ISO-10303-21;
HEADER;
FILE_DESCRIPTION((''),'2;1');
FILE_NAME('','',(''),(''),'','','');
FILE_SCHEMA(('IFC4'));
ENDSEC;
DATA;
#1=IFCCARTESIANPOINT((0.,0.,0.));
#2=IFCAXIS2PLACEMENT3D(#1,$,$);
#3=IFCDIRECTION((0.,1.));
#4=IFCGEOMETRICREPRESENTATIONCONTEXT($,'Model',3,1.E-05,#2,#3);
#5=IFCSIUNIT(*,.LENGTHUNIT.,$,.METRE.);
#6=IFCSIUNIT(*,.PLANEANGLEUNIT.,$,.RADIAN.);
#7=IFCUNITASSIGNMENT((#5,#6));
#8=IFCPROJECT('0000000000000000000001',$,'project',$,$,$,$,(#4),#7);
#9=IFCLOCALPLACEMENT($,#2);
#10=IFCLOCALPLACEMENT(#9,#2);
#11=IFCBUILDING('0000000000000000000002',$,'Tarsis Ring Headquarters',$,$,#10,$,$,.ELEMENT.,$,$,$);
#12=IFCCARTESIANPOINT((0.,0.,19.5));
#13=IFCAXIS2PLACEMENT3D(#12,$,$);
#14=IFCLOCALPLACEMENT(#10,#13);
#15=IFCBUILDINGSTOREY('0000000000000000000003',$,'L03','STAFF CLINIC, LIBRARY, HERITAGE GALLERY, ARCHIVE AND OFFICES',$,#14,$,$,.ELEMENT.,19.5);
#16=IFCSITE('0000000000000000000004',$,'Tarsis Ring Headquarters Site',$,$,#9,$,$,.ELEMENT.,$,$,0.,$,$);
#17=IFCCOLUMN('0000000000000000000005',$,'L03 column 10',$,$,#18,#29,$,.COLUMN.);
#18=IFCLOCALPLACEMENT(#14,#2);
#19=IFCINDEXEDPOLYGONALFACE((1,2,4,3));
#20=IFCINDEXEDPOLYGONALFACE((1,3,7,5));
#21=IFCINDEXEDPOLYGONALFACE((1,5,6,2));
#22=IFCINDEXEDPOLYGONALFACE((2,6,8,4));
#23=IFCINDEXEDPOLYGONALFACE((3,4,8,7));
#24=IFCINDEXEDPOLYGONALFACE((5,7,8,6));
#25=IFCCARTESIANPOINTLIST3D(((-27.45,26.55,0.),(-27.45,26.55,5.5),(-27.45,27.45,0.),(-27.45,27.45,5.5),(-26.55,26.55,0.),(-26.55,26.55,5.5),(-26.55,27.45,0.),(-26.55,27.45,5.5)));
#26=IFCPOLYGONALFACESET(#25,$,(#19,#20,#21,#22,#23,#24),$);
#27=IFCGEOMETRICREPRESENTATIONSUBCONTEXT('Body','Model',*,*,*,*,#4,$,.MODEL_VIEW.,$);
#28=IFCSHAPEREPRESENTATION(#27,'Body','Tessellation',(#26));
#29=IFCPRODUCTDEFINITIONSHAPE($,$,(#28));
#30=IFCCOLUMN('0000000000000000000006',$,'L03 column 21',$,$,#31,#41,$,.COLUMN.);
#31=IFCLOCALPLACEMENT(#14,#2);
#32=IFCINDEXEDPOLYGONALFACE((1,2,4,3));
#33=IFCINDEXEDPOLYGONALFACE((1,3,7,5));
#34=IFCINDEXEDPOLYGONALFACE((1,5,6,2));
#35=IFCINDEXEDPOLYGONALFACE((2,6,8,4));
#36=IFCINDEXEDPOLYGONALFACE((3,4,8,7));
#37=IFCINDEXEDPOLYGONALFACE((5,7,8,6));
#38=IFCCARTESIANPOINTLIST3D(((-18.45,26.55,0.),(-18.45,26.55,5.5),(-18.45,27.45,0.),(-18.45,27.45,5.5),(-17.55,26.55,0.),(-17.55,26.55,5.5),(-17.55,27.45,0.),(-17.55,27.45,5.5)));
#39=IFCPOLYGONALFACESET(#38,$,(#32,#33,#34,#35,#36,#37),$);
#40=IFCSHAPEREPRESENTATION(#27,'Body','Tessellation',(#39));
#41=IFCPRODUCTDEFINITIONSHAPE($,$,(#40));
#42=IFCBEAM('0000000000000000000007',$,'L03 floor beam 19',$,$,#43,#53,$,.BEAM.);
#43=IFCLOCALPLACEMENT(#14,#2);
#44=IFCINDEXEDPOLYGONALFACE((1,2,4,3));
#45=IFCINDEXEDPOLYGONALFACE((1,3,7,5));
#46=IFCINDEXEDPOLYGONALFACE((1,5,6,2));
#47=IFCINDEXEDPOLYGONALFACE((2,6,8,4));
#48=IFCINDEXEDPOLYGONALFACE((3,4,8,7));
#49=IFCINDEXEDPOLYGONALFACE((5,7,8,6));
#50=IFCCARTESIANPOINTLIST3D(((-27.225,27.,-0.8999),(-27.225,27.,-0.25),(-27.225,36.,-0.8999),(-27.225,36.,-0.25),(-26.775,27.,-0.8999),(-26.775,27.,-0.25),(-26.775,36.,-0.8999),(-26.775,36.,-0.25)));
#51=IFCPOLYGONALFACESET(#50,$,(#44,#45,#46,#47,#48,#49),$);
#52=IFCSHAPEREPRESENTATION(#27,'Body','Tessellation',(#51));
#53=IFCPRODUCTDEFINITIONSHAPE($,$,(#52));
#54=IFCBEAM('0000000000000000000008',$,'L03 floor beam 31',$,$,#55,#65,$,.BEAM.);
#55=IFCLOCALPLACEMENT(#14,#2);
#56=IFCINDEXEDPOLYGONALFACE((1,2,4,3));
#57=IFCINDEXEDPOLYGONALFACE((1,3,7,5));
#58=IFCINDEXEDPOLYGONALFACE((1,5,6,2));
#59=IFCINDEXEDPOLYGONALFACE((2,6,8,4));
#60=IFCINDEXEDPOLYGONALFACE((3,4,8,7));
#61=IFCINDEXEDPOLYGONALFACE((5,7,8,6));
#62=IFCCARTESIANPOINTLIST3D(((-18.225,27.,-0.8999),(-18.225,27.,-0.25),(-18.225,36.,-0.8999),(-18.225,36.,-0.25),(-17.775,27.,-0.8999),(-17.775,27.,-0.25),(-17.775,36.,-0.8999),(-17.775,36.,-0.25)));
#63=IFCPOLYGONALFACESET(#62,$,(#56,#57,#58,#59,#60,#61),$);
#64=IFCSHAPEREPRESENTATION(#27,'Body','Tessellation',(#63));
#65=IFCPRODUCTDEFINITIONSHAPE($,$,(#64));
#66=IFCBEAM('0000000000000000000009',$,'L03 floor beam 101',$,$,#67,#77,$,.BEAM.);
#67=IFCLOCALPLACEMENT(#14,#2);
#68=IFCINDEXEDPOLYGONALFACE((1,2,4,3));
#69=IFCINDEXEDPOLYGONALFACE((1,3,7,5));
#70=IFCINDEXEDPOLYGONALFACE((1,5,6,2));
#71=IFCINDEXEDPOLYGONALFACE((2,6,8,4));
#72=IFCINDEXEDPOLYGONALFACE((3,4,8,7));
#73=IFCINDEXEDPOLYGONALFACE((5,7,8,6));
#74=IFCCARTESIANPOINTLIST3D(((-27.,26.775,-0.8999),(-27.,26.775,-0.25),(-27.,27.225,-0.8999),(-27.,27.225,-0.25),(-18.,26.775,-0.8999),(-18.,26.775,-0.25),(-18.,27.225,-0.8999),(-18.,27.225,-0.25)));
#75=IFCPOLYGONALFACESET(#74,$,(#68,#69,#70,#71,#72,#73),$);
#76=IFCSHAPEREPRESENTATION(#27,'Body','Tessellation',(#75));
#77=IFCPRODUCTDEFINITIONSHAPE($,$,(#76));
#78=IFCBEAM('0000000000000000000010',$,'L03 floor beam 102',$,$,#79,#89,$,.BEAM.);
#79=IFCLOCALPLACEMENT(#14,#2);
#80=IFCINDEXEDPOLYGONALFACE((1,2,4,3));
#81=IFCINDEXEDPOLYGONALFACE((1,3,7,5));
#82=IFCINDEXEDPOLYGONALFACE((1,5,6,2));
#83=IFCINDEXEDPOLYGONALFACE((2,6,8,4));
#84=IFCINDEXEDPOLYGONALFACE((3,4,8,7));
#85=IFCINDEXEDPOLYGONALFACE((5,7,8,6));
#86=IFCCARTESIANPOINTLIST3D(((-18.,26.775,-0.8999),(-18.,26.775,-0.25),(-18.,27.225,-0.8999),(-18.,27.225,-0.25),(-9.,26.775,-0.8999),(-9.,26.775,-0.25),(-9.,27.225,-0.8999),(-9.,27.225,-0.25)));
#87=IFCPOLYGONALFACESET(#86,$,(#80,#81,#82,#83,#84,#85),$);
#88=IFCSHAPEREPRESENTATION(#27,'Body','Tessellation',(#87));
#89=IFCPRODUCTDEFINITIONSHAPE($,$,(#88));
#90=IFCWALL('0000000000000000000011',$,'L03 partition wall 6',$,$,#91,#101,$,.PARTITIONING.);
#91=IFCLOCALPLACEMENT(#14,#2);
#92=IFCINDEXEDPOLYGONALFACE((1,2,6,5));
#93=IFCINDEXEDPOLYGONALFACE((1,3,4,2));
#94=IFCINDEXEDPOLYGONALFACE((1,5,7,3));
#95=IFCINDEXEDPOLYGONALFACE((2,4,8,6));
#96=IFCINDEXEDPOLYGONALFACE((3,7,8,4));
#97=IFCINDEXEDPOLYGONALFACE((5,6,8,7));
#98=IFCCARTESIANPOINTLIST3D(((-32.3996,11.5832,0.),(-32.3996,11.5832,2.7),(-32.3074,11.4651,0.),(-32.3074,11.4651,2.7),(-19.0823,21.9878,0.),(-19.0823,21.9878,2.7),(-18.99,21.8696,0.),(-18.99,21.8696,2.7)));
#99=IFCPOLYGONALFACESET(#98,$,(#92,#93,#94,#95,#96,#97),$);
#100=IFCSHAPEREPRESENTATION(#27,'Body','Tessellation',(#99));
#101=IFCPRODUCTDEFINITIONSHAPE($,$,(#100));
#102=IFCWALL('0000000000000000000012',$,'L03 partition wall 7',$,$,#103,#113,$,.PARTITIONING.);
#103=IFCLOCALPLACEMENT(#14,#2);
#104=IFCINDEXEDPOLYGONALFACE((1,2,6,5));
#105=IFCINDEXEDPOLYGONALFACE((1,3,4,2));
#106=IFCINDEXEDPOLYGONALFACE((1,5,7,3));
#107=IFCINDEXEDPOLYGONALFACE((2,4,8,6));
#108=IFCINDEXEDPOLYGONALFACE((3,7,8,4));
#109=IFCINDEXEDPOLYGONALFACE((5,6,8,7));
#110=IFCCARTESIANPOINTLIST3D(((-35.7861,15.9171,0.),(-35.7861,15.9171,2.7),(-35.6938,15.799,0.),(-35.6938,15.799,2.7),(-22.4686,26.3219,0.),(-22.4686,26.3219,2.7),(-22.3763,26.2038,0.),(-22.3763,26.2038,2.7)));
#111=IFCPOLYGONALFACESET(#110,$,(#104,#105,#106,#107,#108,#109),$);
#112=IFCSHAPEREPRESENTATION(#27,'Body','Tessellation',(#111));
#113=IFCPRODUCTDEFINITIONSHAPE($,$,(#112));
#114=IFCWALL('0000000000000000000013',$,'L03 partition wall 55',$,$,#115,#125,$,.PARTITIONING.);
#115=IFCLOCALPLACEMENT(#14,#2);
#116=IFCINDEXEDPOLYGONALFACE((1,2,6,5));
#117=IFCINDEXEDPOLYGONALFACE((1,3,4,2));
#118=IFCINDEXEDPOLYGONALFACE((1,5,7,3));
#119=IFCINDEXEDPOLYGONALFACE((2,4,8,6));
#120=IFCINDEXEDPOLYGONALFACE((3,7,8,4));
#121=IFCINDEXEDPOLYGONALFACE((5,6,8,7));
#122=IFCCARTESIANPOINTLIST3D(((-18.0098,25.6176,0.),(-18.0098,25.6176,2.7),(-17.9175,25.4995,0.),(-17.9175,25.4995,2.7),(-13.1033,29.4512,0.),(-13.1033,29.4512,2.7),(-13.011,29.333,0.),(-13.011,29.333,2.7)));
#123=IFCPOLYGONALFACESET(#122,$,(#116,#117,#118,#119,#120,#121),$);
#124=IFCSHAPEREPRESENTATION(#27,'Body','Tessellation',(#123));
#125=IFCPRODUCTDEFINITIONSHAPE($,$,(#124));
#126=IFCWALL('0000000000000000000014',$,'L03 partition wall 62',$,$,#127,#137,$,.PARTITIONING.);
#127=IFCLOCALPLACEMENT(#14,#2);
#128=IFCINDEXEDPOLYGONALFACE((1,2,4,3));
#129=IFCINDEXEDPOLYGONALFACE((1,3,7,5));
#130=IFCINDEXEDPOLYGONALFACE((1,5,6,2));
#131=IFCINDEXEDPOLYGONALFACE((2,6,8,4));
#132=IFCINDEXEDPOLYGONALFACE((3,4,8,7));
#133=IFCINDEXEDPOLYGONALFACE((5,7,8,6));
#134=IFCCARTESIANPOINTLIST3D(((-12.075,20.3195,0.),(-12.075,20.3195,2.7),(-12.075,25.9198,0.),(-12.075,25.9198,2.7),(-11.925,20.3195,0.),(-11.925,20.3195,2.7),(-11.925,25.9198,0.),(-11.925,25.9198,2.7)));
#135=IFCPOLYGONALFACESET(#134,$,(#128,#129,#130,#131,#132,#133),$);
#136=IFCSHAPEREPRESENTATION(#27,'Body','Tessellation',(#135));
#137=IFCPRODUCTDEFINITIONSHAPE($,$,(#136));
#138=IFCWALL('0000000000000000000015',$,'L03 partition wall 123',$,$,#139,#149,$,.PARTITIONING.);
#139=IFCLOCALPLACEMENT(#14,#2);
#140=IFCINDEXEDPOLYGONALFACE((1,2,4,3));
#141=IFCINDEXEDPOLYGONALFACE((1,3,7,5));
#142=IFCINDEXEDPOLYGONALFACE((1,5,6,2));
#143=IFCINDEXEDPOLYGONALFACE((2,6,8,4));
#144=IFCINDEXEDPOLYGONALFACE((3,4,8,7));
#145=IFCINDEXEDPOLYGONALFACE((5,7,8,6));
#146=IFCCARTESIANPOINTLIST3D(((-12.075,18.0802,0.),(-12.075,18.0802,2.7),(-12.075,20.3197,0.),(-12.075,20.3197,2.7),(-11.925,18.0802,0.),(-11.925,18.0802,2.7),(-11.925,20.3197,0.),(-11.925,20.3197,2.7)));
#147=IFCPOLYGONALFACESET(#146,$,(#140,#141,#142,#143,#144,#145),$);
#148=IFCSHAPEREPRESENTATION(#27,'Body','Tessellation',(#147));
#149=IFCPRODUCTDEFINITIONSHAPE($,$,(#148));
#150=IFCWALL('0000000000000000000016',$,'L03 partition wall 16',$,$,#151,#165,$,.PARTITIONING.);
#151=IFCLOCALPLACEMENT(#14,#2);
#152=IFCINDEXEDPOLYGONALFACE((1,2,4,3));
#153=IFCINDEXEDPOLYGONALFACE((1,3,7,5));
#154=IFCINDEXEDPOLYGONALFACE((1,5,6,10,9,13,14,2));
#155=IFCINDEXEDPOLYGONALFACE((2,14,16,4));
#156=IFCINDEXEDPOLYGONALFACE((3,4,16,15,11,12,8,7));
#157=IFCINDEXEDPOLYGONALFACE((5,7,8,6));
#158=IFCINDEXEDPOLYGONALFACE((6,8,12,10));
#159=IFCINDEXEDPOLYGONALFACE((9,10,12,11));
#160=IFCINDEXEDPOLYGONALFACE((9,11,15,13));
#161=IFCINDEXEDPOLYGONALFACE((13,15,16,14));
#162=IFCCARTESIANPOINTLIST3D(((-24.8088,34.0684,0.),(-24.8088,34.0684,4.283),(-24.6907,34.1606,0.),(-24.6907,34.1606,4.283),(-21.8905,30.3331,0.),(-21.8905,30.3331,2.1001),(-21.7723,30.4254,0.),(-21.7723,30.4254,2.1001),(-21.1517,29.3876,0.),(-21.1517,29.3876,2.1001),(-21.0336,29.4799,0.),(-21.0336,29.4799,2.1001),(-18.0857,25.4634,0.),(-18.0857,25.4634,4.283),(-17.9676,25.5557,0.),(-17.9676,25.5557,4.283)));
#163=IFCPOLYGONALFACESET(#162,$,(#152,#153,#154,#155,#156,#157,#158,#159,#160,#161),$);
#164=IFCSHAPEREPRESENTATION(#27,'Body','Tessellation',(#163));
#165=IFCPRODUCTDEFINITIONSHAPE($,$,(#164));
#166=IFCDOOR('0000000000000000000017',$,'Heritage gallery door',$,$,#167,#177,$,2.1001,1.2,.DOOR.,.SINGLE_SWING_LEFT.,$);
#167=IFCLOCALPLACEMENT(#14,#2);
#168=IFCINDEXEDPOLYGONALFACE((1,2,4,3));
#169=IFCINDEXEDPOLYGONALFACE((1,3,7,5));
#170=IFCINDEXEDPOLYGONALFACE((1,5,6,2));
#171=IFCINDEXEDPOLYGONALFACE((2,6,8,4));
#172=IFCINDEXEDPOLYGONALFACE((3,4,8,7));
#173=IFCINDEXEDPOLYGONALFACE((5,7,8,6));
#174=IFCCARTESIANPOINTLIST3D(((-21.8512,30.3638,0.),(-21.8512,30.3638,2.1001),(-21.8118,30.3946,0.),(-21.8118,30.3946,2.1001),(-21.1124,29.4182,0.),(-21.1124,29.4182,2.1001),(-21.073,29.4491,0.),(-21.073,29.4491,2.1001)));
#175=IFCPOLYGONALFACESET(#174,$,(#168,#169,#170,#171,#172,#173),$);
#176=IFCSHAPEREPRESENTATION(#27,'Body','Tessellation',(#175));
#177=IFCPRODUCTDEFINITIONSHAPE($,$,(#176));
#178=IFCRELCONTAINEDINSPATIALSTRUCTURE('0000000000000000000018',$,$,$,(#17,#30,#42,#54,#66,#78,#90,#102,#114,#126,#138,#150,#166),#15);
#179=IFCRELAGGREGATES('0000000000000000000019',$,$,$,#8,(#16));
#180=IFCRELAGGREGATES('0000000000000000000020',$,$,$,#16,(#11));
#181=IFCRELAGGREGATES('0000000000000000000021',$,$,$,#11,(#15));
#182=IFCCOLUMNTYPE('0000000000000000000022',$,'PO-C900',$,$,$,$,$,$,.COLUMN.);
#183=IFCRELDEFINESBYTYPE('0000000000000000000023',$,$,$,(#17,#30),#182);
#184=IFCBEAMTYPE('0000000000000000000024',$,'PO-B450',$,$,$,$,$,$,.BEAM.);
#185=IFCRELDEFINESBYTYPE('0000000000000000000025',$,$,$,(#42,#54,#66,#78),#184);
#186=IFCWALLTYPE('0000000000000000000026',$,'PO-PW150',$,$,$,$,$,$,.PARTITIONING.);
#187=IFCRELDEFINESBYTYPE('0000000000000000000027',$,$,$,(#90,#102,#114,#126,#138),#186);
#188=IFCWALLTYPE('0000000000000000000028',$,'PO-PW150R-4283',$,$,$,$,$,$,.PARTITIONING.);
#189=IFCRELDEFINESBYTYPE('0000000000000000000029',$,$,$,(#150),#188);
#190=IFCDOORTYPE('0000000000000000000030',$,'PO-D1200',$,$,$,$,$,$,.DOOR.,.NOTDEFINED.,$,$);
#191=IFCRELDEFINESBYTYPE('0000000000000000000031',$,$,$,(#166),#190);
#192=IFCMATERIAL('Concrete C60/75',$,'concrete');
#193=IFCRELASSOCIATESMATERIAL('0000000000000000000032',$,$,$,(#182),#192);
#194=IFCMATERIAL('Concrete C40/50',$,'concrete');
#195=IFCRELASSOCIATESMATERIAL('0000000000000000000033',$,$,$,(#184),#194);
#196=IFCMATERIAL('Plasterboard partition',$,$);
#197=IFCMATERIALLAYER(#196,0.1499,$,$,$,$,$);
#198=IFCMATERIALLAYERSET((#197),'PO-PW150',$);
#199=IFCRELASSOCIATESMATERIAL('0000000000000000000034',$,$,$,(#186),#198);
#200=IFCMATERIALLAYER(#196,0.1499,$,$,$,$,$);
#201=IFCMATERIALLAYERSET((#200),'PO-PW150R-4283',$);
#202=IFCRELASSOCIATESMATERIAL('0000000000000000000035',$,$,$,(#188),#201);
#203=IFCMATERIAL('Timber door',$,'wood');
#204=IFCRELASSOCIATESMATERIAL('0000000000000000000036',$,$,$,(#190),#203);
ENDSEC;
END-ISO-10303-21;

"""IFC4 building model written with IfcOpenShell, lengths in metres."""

from ifc_helpers import new_model, si_unit, direction, frame, frame_2d, origin, origin_2d, place, context, subcontext, project, spatial, rectangle, extrude, material, layer, layer_set, material_profile, profile_set, type_object, element, fill, save


model = new_model("IFC4")

# Units and contexts
model_context = context("Model", 3, precision=1e-05, world=origin(), true_north=direction((0.0, 1.0)))
body_context = subcontext(model_context, "Body", "Model", "MODEL_VIEW")
ifc_project = project(units=[si_unit("LENGTHUNIT", "METRE"), si_unit("PLANEANGLEUNIT", "RADIAN")], contexts=[model_context])

# Site, building, storey
site_placement = place(None, origin())
site = spatial("IfcSite", under=ifc_project, at=site_placement, Name="Tarsis Ring Headquarters Site", CompositionType="ELEMENT", RefElevation=0.0)
building_placement = place(site_placement, origin())
building = spatial("IfcBuilding", under=site, at=building_placement, Name="Tarsis Ring Headquarters", CompositionType="ELEMENT")
storey_placement = place(building_placement, frame((0.0, 0.0, 19.5)))
storey = spatial("IfcBuildingStorey", under=building, at=storey_placement, Name="L03", Description="STAFF CLINIC, LIBRARY, HERITAGE GALLERY, ARCHIVE AND OFFICES", CompositionType="ELEMENT", Elevation=19.5)

# Columns
ifc_material_1 = material(Name="Concrete C60/75", Category="concrete")
ifc_material_profile_1 = material_profile(ifc_material_1, rectangle(XDim=0.8999, YDim=0.8999, at=origin_2d()), Name="PO-C900")
ifc_profile_set_1 = profile_set([ifc_material_profile_1], Name="Concrete C60/75")
column_type = type_object("IfcColumnType", Name="PO-C900", PredefinedType="COLUMN", material=ifc_profile_set_1)
for number, where, z_axis, x_axis, name in (
    (1, (-27.0, 27.0, 0.0), (0.0, 0.0, 1.0), (1.0, 0.0, 0.0), "L03 column 10"),
    (2, (-18.0, 27.0, 0.0), (0.0, 0.0, 1.0), (1.0, 0.0, 0.0), "L03 column 21"),
):
    element("IfcColumn", number, at=place(storey_placement, frame(where, z_axis=z_axis, x_axis=x_axis)), inside=storey, type_object=column_type, Name=name, PredefinedType="COLUMN", context=body_context, shape_type="SweptSolid", body=[
        extrude(rectangle(XDim=0.8999, YDim=0.8999, at=origin_2d()), origin(), (0.0, 0.0, 1.0), 5.5),
    ])

# Beams
ifc_material_2 = material(Name="Concrete C40/50", Category="concrete")
ifc_material_profile_2 = material_profile(ifc_material_2, rectangle(XDim=0.45, YDim=0.6499, at=origin_2d()), Name="PO-B450")
ifc_profile_set_2 = profile_set([ifc_material_profile_2], Name="Concrete C40/50")
beam_type = type_object("IfcBeamType", Name="PO-B450", PredefinedType="BEAM", material=ifc_profile_set_2)
for number, where, z_axis, x_axis, name in (
    (3, (-27.0, 27.0, -0.575), (0.0, 1.0, 0.0), (-1.0, 0.0, 0.0), "L03 floor beam 19"),
    (4, (-18.0, 27.0, -0.575), (0.0, 1.0, 0.0), (-1.0, 0.0, 0.0), "L03 floor beam 31"),
    (5, (-27.0, 27.0, -0.575), (1.0, 0.0, 0.0), (0.0, 1.0, 0.0), "L03 floor beam 101"),
    (6, (-18.0, 27.0, -0.575), (1.0, 0.0, 0.0), (0.0, 1.0, 0.0), "L03 floor beam 102"),
):
    element("IfcBeam", number, at=place(storey_placement, frame(where, z_axis=z_axis, x_axis=x_axis)), inside=storey, type_object=beam_type, Name=name, PredefinedType="BEAM", context=body_context, shape_type="SweptSolid", body=[
        extrude(rectangle(XDim=0.45, YDim=0.6499, at=origin_2d()), origin(), (0.0, 0.0, 1.0), 9.0),
    ])

# Walls
ifc_material_3 = material(Name="Plasterboard partition")
ifc_layer_1 = layer(ifc_material_3, 0.1499)
ifc_layer_set_1 = layer_set([ifc_layer_1], Name="PO-PW150")
wall_type_1 = type_object("IfcWallType", Name="PO-PW150", PredefinedType="PARTITIONING", material=ifc_layer_set_1)
wall_1_placement = place(storey_placement, frame((-19.0361, 21.9287, 0.0), z_axis=(0.0, 0.0, 1.0), x_axis=(-0.788015, -0.615656, 0.0)))
element("IfcWall", 7, at=wall_1_placement, inside=storey, type_object=wall_type_1, Name="L03 partition wall 6", PredefinedType="PARTITIONING", context=body_context, shape_type="SweptSolid", body=[
    extrude(rectangle(XDim=16.8999, YDim=0.1499, at=frame_2d((8.45, 0.0))), origin(), (0.0, 0.0, 1.0), 2.7),
])
wall_2_placement = place(storey_placement, frame((-22.4224, 26.2629, 0.0), z_axis=(0.0, 0.0, 1.0), x_axis=(-0.788008, -0.615665, 0.0)))
element("IfcWall", 8, at=wall_2_placement, inside=storey, type_object=wall_type_1, Name="L03 partition wall 7", PredefinedType="PARTITIONING", context=body_context, shape_type="SweptSolid", body=[
    extrude(rectangle(XDim=16.9001, YDim=0.1499, at=frame_2d((8.4502, 0.0))), origin(), (0.0, 0.0, 1.0), 2.7),
])
wall_3_placement = place(storey_placement, frame((-13.0571, 29.3921, 0.0), z_axis=(0.0, 0.0, 1.0), x_axis=(-0.788001, -0.615674, 0.0)))
element("IfcWall", 9, at=wall_3_placement, inside=storey, type_object=wall_type_1, Name="L03 partition wall 55", PredefinedType="PARTITIONING", context=body_context, shape_type="SweptSolid", body=[
    extrude(rectangle(XDim=6.2266, YDim=0.1499, at=frame_2d((3.1133, 0.0))), origin(), (0.0, 0.0, 1.0), 2.7),
])
wall_4_placement = place(storey_placement, frame((-12.0, 25.9199, 0.0), z_axis=(0.0, 0.0, 1.0), x_axis=(0.0, -1.0, 0.0)))
element("IfcWall", 10, at=wall_4_placement, inside=storey, type_object=wall_type_1, Name="L03 partition wall 62", PredefinedType="PARTITIONING", context=body_context, shape_type="SweptSolid", body=[
    extrude(rectangle(XDim=5.6003, YDim=0.1499, at=frame_2d((2.8003, 0.0))), origin(), (0.0, 0.0, 1.0), 2.7),
])
wall_5_placement = place(storey_placement, frame((-12.0, 20.3196, 0.0), z_axis=(0.0, 0.0, 1.0), x_axis=(0.0, -1.0, 0.0)))
element("IfcWall", 11, at=wall_5_placement, inside=storey, type_object=wall_type_1, Name="L03 partition wall 123", PredefinedType="PARTITIONING", context=body_context, shape_type="SweptSolid", body=[
    extrude(rectangle(XDim=2.2395, YDim=0.1499, at=frame_2d((1.1196, 0.0))), origin(), (0.0, 0.0, 1.0), 2.7),
])

# Wall, opening, door
ifc_layer_2 = layer(ifc_material_3, 0.1499)
ifc_layer_set_2 = layer_set([ifc_layer_2], Name="PO-PW150R-4283")
wall_type_2 = type_object("IfcWallType", Name="PO-PW150R-4283", PredefinedType="PARTITIONING", material=ifc_layer_set_2)
wall_6_placement = place(storey_placement, frame((-24.7498, 34.1145, 0.0), z_axis=(0.0, 0.0, 1.0), x_axis=(0.615673, -0.788002, 0.0)))
wall_6 = element("IfcWall", 12, at=wall_6_placement, inside=storey, type_object=wall_type_2, Name="L03 partition wall 16", PredefinedType="PARTITIONING", context=body_context, shape_type="SweptSolid", body=[
    extrude(rectangle(XDim=10.9199, YDim=0.1499, at=frame_2d((5.46, 0.0))), origin(), (0.0, 0.0, 1.0), 4.283),
])
opening_1_placement = place(wall_6_placement, frame((4.74, 0.0, 0.0)))
opening_1 = element("IfcOpeningElement", 13, at=opening_1_placement, cuts=wall_6, PredefinedType="OPENING", context=body_context, shape_type="SweptSolid", body=[
    extrude(rectangle(XDim=1.2, YDim=2.1001, at=frame_2d((0.6001, 1.05))), frame((0.0, 0.085, 0.0), z_axis=(0.0, -1.0, 0.0), x_axis=(1.0, 0.0, 0.0)), (0.0, 0.0, 1.0), 0.1699),
])
ifc_material_4 = material(Name="Timber door", Category="wood")
door_type_1 = type_object("IfcDoorType", Name="PO-D1200", OperationType="NOTDEFINED", PredefinedType="DOOR", material=ifc_material_4)
door_1_placement = place(opening_1_placement, origin())
door_1 = element("IfcDoor", 14, at=door_1_placement, inside=storey, type_object=door_type_1, Name="Heritage gallery door", OperationType="SINGLE_SWING_LEFT", OverallHeight=2.1001, OverallWidth=1.2, PredefinedType="DOOR", context=body_context, shape_type="SweptSolid", body=[
    extrude(rectangle(XDim=1.2, YDim=2.1001, at=frame_2d((0.6001, 1.05))), frame((0.0, 0.0249, 0.0), z_axis=(0.0, -1.0, 0.0), x_axis=(1.0, 0.0, 0.0)), (0.0, 0.0, 1.0), 0.05),
])
fill(opening_1, door_1)

save(model, "model.ifc")
